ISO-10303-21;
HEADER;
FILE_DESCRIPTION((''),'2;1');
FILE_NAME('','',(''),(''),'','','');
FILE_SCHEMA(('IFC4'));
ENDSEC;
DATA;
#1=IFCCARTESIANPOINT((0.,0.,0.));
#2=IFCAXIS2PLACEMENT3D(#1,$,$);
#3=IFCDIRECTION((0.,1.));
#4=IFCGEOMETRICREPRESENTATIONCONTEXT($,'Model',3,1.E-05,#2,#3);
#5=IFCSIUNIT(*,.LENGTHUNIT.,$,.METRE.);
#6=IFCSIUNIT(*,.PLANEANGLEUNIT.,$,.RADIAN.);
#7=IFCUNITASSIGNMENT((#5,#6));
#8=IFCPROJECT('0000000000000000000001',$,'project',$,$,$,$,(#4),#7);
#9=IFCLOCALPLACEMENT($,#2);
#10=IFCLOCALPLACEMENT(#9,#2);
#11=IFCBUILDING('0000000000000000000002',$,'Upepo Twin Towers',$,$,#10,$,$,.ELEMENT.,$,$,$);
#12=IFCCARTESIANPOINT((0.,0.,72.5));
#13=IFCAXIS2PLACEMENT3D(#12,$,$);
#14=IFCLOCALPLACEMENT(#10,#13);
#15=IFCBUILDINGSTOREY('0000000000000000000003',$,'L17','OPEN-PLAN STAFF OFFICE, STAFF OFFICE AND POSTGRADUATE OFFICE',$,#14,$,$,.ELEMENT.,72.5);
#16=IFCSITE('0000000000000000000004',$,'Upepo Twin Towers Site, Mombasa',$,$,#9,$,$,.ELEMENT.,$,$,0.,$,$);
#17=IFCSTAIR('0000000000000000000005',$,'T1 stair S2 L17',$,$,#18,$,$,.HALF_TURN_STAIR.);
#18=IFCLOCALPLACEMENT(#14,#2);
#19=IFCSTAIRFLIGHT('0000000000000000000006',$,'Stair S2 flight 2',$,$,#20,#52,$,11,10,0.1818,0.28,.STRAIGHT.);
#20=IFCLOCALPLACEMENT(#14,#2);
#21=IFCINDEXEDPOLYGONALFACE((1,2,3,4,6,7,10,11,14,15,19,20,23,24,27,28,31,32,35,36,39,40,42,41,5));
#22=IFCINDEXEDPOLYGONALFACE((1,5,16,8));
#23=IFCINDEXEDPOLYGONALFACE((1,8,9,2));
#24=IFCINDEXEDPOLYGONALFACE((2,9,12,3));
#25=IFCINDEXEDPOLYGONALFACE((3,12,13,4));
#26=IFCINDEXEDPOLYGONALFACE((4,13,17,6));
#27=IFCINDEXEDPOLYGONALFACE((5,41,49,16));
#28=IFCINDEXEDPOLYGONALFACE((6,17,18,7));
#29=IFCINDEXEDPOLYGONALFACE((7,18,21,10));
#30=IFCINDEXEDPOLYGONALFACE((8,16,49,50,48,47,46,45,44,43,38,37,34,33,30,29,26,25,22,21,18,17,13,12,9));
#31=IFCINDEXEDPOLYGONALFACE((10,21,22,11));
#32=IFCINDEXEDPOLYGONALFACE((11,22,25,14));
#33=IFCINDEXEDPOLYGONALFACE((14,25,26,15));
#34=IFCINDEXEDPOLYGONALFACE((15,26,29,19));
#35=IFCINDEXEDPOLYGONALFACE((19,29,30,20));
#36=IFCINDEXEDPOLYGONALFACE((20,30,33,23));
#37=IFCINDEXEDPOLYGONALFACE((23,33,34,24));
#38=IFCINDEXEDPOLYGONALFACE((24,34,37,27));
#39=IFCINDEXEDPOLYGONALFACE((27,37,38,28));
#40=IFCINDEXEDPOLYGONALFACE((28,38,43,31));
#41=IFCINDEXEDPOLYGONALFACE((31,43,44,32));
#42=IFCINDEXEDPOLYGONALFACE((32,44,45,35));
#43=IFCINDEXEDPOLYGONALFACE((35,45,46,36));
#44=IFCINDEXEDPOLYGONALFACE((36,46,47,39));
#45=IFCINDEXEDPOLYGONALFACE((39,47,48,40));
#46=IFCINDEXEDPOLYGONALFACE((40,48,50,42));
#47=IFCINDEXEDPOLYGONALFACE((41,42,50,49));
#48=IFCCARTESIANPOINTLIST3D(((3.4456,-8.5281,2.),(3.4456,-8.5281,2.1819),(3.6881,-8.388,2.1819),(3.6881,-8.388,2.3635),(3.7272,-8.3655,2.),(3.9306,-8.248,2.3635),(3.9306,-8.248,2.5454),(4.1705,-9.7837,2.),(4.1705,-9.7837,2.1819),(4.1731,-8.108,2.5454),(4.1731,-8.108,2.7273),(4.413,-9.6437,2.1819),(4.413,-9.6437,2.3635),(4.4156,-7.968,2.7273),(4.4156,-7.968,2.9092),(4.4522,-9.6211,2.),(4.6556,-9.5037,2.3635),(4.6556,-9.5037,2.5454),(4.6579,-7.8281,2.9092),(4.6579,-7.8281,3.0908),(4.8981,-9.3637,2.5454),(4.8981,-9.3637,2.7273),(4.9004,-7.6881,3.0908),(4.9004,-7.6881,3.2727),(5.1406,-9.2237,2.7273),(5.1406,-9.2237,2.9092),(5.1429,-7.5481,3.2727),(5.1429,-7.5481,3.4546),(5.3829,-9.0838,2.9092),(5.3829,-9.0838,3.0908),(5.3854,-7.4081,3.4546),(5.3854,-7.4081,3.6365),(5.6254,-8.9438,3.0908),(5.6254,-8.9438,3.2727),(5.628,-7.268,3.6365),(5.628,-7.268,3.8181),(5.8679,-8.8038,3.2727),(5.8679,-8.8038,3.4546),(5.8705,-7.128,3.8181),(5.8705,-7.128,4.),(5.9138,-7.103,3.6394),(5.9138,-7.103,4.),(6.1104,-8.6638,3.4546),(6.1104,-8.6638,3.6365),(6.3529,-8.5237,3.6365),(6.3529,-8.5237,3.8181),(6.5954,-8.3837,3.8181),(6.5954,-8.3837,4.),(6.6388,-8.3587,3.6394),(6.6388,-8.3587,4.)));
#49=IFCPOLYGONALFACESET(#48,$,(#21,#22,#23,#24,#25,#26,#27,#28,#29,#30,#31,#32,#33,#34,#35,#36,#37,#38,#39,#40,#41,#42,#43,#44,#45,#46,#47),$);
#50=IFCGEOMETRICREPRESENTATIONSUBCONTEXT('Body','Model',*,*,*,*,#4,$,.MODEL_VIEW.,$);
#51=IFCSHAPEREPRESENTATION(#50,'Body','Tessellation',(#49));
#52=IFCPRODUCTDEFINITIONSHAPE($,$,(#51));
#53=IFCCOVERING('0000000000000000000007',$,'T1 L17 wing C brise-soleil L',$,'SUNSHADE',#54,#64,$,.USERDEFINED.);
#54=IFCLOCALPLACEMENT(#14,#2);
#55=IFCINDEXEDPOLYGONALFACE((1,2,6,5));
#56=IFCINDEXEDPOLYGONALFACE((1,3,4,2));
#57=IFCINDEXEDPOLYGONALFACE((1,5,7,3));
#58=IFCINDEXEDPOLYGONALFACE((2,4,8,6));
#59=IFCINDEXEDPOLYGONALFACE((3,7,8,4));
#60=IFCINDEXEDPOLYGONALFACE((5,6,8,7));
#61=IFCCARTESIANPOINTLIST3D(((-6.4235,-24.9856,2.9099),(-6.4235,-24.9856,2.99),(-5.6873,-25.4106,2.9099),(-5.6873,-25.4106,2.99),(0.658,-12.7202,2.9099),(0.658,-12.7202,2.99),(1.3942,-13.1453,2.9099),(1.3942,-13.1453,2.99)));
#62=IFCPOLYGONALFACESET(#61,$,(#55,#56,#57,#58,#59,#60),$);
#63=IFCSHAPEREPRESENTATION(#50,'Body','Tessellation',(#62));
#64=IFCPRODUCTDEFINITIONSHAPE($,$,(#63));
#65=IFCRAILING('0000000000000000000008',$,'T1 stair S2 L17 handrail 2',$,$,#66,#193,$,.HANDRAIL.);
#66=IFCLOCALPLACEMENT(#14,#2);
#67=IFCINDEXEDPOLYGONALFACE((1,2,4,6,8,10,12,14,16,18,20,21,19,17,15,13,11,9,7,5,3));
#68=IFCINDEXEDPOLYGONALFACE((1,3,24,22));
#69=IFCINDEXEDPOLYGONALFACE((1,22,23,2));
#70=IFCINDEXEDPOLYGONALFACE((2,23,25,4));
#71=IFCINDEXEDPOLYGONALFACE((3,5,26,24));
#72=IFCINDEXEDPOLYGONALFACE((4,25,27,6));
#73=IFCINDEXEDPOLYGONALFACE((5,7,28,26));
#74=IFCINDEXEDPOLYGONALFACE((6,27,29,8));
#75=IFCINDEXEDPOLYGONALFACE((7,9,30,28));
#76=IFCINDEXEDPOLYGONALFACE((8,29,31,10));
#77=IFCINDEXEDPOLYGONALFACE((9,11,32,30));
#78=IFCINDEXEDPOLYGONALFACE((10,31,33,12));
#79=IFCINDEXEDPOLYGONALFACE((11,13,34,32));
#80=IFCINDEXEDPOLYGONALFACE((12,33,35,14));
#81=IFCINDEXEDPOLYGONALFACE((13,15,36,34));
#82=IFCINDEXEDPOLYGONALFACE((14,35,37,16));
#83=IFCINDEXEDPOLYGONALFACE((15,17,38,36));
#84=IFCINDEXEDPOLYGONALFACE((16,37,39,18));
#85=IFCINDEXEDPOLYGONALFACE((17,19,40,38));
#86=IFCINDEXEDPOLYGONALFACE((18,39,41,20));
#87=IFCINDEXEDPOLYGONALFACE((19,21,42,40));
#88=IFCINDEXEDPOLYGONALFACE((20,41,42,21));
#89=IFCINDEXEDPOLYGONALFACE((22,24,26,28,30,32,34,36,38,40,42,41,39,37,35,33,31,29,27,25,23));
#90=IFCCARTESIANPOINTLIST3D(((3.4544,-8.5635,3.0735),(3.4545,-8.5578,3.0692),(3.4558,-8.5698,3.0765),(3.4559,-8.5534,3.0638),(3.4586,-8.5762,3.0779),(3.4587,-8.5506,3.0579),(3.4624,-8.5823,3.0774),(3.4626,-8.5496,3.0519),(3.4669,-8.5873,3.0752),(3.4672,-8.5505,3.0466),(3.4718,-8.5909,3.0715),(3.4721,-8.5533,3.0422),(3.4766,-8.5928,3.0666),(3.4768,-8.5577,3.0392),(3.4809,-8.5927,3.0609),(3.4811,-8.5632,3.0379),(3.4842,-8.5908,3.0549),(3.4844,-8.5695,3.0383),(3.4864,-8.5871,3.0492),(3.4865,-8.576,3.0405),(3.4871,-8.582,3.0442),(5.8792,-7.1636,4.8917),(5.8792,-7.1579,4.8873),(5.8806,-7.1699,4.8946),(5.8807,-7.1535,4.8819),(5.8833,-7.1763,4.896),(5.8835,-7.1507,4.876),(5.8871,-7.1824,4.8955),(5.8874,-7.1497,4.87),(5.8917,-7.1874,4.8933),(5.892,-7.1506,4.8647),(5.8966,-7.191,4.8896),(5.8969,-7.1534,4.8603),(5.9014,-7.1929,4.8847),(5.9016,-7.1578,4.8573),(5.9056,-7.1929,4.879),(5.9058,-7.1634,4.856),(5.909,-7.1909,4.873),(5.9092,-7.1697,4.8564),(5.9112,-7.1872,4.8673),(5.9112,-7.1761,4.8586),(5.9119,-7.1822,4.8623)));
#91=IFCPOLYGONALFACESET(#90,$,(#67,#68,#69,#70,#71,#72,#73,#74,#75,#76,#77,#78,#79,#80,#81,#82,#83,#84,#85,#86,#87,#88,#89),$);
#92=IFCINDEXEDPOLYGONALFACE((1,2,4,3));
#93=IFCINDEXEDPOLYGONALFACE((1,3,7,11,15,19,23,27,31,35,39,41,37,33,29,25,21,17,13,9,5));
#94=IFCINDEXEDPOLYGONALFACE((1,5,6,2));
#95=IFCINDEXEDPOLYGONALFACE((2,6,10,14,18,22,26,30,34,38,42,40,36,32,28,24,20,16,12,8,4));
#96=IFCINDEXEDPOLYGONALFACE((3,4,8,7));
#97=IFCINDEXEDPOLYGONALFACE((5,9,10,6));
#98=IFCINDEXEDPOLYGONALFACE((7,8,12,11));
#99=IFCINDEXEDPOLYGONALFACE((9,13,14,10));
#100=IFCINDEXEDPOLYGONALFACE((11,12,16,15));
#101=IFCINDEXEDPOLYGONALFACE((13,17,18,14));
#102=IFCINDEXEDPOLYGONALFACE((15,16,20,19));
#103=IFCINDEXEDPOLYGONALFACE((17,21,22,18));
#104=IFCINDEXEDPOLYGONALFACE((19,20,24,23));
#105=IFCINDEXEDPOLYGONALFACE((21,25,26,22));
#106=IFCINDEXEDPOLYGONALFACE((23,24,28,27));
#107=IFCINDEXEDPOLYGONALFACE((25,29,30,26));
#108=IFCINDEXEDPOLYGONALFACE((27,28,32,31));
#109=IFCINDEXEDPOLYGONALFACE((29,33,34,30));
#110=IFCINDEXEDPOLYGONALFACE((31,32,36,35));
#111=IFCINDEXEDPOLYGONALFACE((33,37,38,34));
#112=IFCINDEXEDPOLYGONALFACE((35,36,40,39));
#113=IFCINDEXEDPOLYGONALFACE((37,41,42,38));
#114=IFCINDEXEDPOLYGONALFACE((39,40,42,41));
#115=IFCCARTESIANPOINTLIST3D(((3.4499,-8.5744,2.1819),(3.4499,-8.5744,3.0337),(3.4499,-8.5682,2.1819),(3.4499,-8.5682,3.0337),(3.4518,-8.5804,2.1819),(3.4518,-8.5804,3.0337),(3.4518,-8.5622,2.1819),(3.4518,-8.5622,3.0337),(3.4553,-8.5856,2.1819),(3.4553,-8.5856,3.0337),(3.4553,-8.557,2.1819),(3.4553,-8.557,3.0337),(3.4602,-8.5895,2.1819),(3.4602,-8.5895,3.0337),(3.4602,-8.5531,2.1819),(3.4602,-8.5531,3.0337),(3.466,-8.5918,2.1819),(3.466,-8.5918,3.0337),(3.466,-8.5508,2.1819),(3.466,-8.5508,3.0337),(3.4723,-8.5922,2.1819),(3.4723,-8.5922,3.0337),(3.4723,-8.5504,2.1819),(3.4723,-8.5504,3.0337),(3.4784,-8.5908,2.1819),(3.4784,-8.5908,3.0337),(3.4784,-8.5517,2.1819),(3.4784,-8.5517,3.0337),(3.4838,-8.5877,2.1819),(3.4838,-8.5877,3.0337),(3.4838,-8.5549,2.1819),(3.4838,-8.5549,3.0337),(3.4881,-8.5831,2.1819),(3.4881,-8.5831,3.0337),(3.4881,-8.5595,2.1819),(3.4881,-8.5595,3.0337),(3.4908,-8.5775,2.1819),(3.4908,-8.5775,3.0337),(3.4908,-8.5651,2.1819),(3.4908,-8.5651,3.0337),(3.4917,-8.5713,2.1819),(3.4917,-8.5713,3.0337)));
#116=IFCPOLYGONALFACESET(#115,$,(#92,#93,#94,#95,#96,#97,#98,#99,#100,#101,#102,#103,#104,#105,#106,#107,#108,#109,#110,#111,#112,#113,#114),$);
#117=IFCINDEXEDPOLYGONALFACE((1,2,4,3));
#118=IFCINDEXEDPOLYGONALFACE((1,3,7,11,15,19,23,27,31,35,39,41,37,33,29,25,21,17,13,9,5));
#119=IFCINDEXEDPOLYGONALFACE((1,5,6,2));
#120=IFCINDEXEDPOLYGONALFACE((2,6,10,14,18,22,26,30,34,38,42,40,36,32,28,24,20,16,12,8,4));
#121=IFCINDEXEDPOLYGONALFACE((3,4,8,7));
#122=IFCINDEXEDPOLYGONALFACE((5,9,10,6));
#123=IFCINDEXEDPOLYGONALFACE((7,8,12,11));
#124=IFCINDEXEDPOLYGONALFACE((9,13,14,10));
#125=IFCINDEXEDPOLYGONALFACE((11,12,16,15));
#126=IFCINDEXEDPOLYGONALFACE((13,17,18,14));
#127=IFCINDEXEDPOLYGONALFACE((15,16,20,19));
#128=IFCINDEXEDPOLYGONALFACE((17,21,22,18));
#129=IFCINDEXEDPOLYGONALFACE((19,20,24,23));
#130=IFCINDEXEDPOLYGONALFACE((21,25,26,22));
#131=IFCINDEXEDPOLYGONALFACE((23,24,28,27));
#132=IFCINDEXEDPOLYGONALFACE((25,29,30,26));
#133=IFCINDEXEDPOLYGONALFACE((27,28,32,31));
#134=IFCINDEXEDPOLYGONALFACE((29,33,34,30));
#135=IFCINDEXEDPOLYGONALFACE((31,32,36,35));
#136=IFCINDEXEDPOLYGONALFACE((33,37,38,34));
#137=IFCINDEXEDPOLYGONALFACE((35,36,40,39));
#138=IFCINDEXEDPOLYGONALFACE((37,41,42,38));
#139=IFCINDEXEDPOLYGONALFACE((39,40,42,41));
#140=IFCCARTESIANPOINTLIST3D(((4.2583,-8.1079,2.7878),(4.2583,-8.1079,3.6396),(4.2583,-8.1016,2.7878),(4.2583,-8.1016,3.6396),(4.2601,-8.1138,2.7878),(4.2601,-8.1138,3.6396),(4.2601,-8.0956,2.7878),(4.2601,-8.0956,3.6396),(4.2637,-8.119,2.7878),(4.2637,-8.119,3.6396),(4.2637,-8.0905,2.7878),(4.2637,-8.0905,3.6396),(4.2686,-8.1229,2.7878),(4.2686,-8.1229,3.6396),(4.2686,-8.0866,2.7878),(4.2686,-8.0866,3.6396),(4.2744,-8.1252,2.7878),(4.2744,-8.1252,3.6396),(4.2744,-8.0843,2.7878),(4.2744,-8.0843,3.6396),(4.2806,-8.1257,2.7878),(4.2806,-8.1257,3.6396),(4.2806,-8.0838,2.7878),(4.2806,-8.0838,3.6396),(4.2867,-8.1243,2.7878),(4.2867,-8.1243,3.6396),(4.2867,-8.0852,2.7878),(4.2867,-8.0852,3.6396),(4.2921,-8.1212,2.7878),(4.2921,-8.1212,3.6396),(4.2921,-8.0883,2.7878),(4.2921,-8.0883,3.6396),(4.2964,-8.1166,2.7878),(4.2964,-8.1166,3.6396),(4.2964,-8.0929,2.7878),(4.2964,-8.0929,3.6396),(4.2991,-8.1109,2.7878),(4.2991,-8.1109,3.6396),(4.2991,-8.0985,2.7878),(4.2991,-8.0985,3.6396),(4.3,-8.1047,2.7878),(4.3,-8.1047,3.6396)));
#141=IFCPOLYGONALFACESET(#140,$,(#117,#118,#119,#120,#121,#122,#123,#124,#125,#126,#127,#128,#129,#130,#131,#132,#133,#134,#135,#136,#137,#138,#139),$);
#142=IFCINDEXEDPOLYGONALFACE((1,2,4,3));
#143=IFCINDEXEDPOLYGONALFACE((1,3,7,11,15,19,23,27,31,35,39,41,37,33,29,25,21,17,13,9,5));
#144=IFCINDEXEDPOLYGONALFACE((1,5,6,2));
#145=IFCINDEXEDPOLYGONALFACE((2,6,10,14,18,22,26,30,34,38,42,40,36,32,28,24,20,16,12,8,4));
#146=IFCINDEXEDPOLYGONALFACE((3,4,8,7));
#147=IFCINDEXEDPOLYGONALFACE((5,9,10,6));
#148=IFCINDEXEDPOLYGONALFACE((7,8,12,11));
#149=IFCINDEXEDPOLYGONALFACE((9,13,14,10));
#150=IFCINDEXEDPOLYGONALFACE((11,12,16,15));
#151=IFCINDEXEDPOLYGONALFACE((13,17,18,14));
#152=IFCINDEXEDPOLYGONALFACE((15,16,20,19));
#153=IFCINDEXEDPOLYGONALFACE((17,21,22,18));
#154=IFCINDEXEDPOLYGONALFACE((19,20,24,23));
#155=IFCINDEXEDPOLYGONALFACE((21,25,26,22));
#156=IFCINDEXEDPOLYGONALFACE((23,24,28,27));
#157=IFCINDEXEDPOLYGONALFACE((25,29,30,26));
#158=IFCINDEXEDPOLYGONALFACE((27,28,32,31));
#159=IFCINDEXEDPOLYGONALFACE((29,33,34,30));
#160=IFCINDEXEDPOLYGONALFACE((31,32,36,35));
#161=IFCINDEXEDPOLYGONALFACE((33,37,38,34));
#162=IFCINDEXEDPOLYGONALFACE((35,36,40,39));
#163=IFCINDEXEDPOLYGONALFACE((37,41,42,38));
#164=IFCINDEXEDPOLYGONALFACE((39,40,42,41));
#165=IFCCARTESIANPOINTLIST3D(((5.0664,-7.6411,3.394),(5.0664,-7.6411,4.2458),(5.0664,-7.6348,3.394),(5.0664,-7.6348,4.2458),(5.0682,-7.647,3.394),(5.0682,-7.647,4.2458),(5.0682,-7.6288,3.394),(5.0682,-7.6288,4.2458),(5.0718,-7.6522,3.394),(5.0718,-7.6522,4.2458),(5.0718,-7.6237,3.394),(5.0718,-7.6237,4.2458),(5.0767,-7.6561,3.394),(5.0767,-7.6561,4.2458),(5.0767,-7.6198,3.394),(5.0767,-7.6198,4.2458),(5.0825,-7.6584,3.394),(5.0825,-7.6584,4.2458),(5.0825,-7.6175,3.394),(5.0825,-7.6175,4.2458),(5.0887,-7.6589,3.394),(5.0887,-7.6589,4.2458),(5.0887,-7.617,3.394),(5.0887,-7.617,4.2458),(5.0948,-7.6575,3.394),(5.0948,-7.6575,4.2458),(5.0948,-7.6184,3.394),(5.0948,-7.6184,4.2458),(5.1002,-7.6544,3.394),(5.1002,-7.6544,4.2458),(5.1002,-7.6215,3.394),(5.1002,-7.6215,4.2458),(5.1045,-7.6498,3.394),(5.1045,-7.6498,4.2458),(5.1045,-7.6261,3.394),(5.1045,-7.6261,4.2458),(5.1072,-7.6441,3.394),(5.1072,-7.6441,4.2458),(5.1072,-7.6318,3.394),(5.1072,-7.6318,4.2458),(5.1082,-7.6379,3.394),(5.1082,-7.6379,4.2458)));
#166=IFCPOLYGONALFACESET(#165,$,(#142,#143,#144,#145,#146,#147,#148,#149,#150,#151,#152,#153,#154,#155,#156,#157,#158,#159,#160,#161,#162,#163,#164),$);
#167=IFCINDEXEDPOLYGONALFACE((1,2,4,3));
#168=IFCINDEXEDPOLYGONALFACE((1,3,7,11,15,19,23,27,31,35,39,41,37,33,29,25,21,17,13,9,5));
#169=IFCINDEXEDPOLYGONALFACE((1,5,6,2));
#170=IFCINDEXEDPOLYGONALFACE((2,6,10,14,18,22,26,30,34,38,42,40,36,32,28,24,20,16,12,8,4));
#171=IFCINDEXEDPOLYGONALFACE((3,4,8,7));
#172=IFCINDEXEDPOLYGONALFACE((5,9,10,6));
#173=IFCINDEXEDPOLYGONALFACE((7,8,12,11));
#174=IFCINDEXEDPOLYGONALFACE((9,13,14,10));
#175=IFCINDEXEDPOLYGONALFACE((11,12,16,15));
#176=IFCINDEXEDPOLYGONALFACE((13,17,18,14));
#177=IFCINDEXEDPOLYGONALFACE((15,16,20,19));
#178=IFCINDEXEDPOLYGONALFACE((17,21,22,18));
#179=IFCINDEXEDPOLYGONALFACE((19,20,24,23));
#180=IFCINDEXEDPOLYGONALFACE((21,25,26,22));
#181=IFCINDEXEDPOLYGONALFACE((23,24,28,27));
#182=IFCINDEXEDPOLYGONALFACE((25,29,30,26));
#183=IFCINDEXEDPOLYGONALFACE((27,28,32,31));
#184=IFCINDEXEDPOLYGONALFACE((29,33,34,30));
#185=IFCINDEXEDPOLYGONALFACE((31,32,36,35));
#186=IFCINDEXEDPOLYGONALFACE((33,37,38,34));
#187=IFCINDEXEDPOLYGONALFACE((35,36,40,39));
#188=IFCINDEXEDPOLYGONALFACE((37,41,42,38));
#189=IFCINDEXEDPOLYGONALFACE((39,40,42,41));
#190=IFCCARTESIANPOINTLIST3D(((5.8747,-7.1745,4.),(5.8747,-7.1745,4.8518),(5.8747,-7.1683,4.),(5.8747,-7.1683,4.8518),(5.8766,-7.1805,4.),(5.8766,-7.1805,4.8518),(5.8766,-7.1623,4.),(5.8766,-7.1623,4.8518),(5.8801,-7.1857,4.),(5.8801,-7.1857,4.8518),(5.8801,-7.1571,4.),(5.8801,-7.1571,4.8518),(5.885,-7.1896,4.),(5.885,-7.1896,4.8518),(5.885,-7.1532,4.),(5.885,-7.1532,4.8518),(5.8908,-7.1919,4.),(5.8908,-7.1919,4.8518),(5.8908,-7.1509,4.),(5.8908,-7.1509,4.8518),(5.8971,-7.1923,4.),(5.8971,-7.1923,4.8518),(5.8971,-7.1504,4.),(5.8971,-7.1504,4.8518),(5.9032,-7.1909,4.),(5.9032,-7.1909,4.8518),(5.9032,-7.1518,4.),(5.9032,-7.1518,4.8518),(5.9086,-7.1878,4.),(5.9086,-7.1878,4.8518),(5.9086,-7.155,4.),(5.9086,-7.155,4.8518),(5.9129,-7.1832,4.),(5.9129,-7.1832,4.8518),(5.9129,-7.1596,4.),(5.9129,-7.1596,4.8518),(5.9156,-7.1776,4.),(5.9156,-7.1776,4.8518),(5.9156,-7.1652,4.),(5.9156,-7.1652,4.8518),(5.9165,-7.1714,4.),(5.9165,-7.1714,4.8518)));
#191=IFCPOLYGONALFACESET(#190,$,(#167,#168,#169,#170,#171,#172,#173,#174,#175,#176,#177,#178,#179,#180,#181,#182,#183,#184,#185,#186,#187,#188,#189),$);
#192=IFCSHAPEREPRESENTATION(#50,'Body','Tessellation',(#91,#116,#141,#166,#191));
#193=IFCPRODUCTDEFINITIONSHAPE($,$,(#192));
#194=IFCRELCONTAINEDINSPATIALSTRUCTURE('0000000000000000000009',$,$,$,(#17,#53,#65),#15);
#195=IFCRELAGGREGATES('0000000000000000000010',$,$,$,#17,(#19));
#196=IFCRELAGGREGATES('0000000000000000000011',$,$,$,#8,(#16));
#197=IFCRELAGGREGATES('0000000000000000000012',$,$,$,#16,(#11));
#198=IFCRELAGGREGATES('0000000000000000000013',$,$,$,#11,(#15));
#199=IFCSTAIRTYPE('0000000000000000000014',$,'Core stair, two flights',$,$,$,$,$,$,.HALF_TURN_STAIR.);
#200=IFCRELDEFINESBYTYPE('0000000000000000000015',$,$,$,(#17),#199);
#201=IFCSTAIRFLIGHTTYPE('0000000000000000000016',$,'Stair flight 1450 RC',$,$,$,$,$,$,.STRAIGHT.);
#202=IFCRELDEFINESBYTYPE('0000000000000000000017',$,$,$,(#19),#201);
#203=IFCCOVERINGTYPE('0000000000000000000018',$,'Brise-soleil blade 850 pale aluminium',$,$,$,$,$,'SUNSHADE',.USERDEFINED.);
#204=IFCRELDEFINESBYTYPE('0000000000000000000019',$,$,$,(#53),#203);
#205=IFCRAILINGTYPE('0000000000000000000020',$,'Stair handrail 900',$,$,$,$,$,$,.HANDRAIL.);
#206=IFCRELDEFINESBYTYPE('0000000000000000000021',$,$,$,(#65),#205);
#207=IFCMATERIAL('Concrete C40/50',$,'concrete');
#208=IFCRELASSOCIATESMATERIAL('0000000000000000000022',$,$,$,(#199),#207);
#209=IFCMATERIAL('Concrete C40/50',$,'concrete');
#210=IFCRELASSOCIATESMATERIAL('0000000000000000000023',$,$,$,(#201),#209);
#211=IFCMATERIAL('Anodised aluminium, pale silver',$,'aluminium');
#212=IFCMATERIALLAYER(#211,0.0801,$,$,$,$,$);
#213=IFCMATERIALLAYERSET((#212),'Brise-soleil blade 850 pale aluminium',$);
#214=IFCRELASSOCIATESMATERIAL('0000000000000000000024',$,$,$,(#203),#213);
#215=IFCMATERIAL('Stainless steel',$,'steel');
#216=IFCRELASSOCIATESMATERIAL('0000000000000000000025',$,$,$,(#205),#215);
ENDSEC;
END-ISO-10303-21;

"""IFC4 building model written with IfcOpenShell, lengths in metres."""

from ifc_helpers import new_model, si_unit, direction, frame, origin, origin_2d, place, context, subcontext, project, spatial, polyline, rectangle, circle, outline, extrude, material, layer, layer_set, type_object, element, aggregate, save


model = new_model("IFC4")

# Units and contexts
model_context = context("Model", 3, precision=1e-05, world=origin(), true_north=direction((0.0, 1.0)))
body_context = subcontext(model_context, "Body", "Model", "MODEL_VIEW")
ifc_project = project(units=[si_unit("LENGTHUNIT", "METRE"), si_unit("PLANEANGLEUNIT", "RADIAN")], contexts=[model_context])

# Site, building, storey
site_placement = place(None, origin())
site = spatial("IfcSite", under=ifc_project, at=site_placement, Name="Upepo Twin Towers Site, Mombasa", CompositionType="ELEMENT", RefElevation=0.0)
building_placement = place(site_placement, origin())
building = spatial("IfcBuilding", under=site, at=building_placement, Name="Upepo Twin Towers", CompositionType="ELEMENT")
storey_placement = place(building_placement, frame((0.0, 0.0, 72.5)))
storey = spatial("IfcBuildingStorey", under=building, at=storey_placement, Name="L17", Description="OPEN-PLAN STAFF OFFICE, STAFF OFFICE AND POSTGRADUATE OFFICE", CompositionType="ELEMENT", Elevation=72.5)

# Stair, stair flight
ifc_material_1 = material(Name="Concrete C40/50", Category="concrete")
stair_type = type_object("IfcStairType", Name="Core stair, two flights", PredefinedType="HALF_TURN_STAIR", material=ifc_material_1)
stair_placement = place(storey_placement, origin())
stair = element("IfcStair", 1, at=stair_placement, inside=storey, type_object=stair_type, Name="T1 stair S2 L17", PredefinedType="HALF_TURN_STAIR")
ifc_material_2 = material(Name="Concrete C40/50", Category="concrete")
stair_flight_type = type_object("IfcStairFlightType", Name="Stair flight 1450 RC", PredefinedType="STRAIGHT", material=ifc_material_2)
stair_flight_placement = place(storey_placement, frame((3.8081, -9.156, 2.0), z_axis=(0.0, 0.0, 1.0), x_axis=(0.866025, 0.5, 0.0)))
stair_flight = element("IfcStairFlight", 2, at=stair_flight_placement, type_object=stair_flight_type, Name="Stair S2 flight 2", NumberOfRisers=11, NumberOfTreads=10, PredefinedType="STRAIGHT", RiserHeight=0.1818, TreadLength=0.28, context=body_context, shape_type="SweptSolid", body=[
    extrude(outline(polyline([(0.0, 0.0), (0.0, 0.1819), (0.28, 0.1819), (0.28, 0.3635), (0.5601, 0.3635), (0.5601, 0.5454), (0.8401, 0.5454), (0.8401, 0.7273), (1.1201, 0.7273), (1.1201, 0.9092), (1.3999, 0.9092), (1.3999, 1.0908), (1.6799, 1.0908), (1.6799, 1.2727), (1.96, 1.2727), (1.96, 1.4546), (2.24, 1.4546), (2.24, 1.6365), (2.52, 1.6365), (2.52, 1.8181), (2.8, 1.8181), (2.8, 2.0), (2.8501, 2.0), (2.8501, 1.6394), (0.3252, 0.0), (0.0, 0.0)])), frame((0.0, 0.7251, 0.0), z_axis=(0.0, -1.0, 0.0), x_axis=(1.0, 0.0, 0.0)), (0.0, 0.0, 1.0), 1.45),
])
aggregate(stair, [stair_flight])

# Covering
ifc_material_3 = material(Name="Anodised aluminium, pale silver", Category="aluminium")
ifc_layer_1 = layer(ifc_material_3, 0.0801)
ifc_layer_set_1 = layer_set([ifc_layer_1], Name="Brise-soleil blade 850 pale aluminium")
covering_type = type_object("IfcCoveringType", Name="Brise-soleil blade 850 pale aluminium", ElementType="SUNSHADE", PredefinedType="USERDEFINED", material=ifc_layer_set_1)
covering_placement = place(storey_placement, frame((-2.5146, -19.0654, 2.9099), z_axis=(0.0, 0.0, 1.0), x_axis=(-0.5, -0.866025, 0.0)))
element("IfcCovering", 3, at=covering_placement, inside=storey, type_object=covering_type, Name="T1 L17 wing C brise-soleil L", ObjectType="SUNSHADE", PredefinedType="USERDEFINED", context=body_context, shape_type="SweptSolid", body=[
    extrude(rectangle(XDim=14.1628, YDim=0.8501, at=origin_2d()), origin(), (0.0, 0.0, 1.0), 0.0801),
])

# Railing
ifc_material_4 = material(Name="Stainless steel", Category="steel")
railing_type = type_object("IfcRailingType", Name="Stair handrail 900", PredefinedType="HANDRAIL", material=ifc_material_4)
railing_placement = place(storey_placement, frame((3.4707, -8.5713, 2.1819)))
element("IfcRailing", 4, at=railing_placement, inside=storey, type_object=railing_type, Name="T1 stair S2 L17 handrail 2", PredefinedType="HANDRAIL", context=body_context, shape_type="SweptSolid", body=[
    extrude(circle(Radius=0.0239, at=origin_2d()), frame((0.0, 0.0, 0.876), z_axis=(0.726336, 0.419333, 0.544606), x_axis=(-0.499984, 0.866035, 0.0)), (0.0, 0.0, 1.0), 3.3384),
    extrude(circle(Radius=0.021, at=origin_2d()), origin(), (0.0, 0.0, 1.0), 0.8518),
    extrude(circle(Radius=0.021, at=origin_2d()), frame((0.8083, 0.4666, 0.606)), (0.0, 0.0, 1.0), 0.8518),
    extrude(circle(Radius=0.021, at=origin_2d()), frame((1.6165, 0.9333, 1.2122)), (0.0, 0.0, 1.0), 0.8518),
    extrude(circle(Radius=0.021, at=origin_2d()), frame((2.4248, 1.3999, 1.8181)), (0.0, 0.0, 1.0), 0.8518),
])

save(model, "model.ifc")
